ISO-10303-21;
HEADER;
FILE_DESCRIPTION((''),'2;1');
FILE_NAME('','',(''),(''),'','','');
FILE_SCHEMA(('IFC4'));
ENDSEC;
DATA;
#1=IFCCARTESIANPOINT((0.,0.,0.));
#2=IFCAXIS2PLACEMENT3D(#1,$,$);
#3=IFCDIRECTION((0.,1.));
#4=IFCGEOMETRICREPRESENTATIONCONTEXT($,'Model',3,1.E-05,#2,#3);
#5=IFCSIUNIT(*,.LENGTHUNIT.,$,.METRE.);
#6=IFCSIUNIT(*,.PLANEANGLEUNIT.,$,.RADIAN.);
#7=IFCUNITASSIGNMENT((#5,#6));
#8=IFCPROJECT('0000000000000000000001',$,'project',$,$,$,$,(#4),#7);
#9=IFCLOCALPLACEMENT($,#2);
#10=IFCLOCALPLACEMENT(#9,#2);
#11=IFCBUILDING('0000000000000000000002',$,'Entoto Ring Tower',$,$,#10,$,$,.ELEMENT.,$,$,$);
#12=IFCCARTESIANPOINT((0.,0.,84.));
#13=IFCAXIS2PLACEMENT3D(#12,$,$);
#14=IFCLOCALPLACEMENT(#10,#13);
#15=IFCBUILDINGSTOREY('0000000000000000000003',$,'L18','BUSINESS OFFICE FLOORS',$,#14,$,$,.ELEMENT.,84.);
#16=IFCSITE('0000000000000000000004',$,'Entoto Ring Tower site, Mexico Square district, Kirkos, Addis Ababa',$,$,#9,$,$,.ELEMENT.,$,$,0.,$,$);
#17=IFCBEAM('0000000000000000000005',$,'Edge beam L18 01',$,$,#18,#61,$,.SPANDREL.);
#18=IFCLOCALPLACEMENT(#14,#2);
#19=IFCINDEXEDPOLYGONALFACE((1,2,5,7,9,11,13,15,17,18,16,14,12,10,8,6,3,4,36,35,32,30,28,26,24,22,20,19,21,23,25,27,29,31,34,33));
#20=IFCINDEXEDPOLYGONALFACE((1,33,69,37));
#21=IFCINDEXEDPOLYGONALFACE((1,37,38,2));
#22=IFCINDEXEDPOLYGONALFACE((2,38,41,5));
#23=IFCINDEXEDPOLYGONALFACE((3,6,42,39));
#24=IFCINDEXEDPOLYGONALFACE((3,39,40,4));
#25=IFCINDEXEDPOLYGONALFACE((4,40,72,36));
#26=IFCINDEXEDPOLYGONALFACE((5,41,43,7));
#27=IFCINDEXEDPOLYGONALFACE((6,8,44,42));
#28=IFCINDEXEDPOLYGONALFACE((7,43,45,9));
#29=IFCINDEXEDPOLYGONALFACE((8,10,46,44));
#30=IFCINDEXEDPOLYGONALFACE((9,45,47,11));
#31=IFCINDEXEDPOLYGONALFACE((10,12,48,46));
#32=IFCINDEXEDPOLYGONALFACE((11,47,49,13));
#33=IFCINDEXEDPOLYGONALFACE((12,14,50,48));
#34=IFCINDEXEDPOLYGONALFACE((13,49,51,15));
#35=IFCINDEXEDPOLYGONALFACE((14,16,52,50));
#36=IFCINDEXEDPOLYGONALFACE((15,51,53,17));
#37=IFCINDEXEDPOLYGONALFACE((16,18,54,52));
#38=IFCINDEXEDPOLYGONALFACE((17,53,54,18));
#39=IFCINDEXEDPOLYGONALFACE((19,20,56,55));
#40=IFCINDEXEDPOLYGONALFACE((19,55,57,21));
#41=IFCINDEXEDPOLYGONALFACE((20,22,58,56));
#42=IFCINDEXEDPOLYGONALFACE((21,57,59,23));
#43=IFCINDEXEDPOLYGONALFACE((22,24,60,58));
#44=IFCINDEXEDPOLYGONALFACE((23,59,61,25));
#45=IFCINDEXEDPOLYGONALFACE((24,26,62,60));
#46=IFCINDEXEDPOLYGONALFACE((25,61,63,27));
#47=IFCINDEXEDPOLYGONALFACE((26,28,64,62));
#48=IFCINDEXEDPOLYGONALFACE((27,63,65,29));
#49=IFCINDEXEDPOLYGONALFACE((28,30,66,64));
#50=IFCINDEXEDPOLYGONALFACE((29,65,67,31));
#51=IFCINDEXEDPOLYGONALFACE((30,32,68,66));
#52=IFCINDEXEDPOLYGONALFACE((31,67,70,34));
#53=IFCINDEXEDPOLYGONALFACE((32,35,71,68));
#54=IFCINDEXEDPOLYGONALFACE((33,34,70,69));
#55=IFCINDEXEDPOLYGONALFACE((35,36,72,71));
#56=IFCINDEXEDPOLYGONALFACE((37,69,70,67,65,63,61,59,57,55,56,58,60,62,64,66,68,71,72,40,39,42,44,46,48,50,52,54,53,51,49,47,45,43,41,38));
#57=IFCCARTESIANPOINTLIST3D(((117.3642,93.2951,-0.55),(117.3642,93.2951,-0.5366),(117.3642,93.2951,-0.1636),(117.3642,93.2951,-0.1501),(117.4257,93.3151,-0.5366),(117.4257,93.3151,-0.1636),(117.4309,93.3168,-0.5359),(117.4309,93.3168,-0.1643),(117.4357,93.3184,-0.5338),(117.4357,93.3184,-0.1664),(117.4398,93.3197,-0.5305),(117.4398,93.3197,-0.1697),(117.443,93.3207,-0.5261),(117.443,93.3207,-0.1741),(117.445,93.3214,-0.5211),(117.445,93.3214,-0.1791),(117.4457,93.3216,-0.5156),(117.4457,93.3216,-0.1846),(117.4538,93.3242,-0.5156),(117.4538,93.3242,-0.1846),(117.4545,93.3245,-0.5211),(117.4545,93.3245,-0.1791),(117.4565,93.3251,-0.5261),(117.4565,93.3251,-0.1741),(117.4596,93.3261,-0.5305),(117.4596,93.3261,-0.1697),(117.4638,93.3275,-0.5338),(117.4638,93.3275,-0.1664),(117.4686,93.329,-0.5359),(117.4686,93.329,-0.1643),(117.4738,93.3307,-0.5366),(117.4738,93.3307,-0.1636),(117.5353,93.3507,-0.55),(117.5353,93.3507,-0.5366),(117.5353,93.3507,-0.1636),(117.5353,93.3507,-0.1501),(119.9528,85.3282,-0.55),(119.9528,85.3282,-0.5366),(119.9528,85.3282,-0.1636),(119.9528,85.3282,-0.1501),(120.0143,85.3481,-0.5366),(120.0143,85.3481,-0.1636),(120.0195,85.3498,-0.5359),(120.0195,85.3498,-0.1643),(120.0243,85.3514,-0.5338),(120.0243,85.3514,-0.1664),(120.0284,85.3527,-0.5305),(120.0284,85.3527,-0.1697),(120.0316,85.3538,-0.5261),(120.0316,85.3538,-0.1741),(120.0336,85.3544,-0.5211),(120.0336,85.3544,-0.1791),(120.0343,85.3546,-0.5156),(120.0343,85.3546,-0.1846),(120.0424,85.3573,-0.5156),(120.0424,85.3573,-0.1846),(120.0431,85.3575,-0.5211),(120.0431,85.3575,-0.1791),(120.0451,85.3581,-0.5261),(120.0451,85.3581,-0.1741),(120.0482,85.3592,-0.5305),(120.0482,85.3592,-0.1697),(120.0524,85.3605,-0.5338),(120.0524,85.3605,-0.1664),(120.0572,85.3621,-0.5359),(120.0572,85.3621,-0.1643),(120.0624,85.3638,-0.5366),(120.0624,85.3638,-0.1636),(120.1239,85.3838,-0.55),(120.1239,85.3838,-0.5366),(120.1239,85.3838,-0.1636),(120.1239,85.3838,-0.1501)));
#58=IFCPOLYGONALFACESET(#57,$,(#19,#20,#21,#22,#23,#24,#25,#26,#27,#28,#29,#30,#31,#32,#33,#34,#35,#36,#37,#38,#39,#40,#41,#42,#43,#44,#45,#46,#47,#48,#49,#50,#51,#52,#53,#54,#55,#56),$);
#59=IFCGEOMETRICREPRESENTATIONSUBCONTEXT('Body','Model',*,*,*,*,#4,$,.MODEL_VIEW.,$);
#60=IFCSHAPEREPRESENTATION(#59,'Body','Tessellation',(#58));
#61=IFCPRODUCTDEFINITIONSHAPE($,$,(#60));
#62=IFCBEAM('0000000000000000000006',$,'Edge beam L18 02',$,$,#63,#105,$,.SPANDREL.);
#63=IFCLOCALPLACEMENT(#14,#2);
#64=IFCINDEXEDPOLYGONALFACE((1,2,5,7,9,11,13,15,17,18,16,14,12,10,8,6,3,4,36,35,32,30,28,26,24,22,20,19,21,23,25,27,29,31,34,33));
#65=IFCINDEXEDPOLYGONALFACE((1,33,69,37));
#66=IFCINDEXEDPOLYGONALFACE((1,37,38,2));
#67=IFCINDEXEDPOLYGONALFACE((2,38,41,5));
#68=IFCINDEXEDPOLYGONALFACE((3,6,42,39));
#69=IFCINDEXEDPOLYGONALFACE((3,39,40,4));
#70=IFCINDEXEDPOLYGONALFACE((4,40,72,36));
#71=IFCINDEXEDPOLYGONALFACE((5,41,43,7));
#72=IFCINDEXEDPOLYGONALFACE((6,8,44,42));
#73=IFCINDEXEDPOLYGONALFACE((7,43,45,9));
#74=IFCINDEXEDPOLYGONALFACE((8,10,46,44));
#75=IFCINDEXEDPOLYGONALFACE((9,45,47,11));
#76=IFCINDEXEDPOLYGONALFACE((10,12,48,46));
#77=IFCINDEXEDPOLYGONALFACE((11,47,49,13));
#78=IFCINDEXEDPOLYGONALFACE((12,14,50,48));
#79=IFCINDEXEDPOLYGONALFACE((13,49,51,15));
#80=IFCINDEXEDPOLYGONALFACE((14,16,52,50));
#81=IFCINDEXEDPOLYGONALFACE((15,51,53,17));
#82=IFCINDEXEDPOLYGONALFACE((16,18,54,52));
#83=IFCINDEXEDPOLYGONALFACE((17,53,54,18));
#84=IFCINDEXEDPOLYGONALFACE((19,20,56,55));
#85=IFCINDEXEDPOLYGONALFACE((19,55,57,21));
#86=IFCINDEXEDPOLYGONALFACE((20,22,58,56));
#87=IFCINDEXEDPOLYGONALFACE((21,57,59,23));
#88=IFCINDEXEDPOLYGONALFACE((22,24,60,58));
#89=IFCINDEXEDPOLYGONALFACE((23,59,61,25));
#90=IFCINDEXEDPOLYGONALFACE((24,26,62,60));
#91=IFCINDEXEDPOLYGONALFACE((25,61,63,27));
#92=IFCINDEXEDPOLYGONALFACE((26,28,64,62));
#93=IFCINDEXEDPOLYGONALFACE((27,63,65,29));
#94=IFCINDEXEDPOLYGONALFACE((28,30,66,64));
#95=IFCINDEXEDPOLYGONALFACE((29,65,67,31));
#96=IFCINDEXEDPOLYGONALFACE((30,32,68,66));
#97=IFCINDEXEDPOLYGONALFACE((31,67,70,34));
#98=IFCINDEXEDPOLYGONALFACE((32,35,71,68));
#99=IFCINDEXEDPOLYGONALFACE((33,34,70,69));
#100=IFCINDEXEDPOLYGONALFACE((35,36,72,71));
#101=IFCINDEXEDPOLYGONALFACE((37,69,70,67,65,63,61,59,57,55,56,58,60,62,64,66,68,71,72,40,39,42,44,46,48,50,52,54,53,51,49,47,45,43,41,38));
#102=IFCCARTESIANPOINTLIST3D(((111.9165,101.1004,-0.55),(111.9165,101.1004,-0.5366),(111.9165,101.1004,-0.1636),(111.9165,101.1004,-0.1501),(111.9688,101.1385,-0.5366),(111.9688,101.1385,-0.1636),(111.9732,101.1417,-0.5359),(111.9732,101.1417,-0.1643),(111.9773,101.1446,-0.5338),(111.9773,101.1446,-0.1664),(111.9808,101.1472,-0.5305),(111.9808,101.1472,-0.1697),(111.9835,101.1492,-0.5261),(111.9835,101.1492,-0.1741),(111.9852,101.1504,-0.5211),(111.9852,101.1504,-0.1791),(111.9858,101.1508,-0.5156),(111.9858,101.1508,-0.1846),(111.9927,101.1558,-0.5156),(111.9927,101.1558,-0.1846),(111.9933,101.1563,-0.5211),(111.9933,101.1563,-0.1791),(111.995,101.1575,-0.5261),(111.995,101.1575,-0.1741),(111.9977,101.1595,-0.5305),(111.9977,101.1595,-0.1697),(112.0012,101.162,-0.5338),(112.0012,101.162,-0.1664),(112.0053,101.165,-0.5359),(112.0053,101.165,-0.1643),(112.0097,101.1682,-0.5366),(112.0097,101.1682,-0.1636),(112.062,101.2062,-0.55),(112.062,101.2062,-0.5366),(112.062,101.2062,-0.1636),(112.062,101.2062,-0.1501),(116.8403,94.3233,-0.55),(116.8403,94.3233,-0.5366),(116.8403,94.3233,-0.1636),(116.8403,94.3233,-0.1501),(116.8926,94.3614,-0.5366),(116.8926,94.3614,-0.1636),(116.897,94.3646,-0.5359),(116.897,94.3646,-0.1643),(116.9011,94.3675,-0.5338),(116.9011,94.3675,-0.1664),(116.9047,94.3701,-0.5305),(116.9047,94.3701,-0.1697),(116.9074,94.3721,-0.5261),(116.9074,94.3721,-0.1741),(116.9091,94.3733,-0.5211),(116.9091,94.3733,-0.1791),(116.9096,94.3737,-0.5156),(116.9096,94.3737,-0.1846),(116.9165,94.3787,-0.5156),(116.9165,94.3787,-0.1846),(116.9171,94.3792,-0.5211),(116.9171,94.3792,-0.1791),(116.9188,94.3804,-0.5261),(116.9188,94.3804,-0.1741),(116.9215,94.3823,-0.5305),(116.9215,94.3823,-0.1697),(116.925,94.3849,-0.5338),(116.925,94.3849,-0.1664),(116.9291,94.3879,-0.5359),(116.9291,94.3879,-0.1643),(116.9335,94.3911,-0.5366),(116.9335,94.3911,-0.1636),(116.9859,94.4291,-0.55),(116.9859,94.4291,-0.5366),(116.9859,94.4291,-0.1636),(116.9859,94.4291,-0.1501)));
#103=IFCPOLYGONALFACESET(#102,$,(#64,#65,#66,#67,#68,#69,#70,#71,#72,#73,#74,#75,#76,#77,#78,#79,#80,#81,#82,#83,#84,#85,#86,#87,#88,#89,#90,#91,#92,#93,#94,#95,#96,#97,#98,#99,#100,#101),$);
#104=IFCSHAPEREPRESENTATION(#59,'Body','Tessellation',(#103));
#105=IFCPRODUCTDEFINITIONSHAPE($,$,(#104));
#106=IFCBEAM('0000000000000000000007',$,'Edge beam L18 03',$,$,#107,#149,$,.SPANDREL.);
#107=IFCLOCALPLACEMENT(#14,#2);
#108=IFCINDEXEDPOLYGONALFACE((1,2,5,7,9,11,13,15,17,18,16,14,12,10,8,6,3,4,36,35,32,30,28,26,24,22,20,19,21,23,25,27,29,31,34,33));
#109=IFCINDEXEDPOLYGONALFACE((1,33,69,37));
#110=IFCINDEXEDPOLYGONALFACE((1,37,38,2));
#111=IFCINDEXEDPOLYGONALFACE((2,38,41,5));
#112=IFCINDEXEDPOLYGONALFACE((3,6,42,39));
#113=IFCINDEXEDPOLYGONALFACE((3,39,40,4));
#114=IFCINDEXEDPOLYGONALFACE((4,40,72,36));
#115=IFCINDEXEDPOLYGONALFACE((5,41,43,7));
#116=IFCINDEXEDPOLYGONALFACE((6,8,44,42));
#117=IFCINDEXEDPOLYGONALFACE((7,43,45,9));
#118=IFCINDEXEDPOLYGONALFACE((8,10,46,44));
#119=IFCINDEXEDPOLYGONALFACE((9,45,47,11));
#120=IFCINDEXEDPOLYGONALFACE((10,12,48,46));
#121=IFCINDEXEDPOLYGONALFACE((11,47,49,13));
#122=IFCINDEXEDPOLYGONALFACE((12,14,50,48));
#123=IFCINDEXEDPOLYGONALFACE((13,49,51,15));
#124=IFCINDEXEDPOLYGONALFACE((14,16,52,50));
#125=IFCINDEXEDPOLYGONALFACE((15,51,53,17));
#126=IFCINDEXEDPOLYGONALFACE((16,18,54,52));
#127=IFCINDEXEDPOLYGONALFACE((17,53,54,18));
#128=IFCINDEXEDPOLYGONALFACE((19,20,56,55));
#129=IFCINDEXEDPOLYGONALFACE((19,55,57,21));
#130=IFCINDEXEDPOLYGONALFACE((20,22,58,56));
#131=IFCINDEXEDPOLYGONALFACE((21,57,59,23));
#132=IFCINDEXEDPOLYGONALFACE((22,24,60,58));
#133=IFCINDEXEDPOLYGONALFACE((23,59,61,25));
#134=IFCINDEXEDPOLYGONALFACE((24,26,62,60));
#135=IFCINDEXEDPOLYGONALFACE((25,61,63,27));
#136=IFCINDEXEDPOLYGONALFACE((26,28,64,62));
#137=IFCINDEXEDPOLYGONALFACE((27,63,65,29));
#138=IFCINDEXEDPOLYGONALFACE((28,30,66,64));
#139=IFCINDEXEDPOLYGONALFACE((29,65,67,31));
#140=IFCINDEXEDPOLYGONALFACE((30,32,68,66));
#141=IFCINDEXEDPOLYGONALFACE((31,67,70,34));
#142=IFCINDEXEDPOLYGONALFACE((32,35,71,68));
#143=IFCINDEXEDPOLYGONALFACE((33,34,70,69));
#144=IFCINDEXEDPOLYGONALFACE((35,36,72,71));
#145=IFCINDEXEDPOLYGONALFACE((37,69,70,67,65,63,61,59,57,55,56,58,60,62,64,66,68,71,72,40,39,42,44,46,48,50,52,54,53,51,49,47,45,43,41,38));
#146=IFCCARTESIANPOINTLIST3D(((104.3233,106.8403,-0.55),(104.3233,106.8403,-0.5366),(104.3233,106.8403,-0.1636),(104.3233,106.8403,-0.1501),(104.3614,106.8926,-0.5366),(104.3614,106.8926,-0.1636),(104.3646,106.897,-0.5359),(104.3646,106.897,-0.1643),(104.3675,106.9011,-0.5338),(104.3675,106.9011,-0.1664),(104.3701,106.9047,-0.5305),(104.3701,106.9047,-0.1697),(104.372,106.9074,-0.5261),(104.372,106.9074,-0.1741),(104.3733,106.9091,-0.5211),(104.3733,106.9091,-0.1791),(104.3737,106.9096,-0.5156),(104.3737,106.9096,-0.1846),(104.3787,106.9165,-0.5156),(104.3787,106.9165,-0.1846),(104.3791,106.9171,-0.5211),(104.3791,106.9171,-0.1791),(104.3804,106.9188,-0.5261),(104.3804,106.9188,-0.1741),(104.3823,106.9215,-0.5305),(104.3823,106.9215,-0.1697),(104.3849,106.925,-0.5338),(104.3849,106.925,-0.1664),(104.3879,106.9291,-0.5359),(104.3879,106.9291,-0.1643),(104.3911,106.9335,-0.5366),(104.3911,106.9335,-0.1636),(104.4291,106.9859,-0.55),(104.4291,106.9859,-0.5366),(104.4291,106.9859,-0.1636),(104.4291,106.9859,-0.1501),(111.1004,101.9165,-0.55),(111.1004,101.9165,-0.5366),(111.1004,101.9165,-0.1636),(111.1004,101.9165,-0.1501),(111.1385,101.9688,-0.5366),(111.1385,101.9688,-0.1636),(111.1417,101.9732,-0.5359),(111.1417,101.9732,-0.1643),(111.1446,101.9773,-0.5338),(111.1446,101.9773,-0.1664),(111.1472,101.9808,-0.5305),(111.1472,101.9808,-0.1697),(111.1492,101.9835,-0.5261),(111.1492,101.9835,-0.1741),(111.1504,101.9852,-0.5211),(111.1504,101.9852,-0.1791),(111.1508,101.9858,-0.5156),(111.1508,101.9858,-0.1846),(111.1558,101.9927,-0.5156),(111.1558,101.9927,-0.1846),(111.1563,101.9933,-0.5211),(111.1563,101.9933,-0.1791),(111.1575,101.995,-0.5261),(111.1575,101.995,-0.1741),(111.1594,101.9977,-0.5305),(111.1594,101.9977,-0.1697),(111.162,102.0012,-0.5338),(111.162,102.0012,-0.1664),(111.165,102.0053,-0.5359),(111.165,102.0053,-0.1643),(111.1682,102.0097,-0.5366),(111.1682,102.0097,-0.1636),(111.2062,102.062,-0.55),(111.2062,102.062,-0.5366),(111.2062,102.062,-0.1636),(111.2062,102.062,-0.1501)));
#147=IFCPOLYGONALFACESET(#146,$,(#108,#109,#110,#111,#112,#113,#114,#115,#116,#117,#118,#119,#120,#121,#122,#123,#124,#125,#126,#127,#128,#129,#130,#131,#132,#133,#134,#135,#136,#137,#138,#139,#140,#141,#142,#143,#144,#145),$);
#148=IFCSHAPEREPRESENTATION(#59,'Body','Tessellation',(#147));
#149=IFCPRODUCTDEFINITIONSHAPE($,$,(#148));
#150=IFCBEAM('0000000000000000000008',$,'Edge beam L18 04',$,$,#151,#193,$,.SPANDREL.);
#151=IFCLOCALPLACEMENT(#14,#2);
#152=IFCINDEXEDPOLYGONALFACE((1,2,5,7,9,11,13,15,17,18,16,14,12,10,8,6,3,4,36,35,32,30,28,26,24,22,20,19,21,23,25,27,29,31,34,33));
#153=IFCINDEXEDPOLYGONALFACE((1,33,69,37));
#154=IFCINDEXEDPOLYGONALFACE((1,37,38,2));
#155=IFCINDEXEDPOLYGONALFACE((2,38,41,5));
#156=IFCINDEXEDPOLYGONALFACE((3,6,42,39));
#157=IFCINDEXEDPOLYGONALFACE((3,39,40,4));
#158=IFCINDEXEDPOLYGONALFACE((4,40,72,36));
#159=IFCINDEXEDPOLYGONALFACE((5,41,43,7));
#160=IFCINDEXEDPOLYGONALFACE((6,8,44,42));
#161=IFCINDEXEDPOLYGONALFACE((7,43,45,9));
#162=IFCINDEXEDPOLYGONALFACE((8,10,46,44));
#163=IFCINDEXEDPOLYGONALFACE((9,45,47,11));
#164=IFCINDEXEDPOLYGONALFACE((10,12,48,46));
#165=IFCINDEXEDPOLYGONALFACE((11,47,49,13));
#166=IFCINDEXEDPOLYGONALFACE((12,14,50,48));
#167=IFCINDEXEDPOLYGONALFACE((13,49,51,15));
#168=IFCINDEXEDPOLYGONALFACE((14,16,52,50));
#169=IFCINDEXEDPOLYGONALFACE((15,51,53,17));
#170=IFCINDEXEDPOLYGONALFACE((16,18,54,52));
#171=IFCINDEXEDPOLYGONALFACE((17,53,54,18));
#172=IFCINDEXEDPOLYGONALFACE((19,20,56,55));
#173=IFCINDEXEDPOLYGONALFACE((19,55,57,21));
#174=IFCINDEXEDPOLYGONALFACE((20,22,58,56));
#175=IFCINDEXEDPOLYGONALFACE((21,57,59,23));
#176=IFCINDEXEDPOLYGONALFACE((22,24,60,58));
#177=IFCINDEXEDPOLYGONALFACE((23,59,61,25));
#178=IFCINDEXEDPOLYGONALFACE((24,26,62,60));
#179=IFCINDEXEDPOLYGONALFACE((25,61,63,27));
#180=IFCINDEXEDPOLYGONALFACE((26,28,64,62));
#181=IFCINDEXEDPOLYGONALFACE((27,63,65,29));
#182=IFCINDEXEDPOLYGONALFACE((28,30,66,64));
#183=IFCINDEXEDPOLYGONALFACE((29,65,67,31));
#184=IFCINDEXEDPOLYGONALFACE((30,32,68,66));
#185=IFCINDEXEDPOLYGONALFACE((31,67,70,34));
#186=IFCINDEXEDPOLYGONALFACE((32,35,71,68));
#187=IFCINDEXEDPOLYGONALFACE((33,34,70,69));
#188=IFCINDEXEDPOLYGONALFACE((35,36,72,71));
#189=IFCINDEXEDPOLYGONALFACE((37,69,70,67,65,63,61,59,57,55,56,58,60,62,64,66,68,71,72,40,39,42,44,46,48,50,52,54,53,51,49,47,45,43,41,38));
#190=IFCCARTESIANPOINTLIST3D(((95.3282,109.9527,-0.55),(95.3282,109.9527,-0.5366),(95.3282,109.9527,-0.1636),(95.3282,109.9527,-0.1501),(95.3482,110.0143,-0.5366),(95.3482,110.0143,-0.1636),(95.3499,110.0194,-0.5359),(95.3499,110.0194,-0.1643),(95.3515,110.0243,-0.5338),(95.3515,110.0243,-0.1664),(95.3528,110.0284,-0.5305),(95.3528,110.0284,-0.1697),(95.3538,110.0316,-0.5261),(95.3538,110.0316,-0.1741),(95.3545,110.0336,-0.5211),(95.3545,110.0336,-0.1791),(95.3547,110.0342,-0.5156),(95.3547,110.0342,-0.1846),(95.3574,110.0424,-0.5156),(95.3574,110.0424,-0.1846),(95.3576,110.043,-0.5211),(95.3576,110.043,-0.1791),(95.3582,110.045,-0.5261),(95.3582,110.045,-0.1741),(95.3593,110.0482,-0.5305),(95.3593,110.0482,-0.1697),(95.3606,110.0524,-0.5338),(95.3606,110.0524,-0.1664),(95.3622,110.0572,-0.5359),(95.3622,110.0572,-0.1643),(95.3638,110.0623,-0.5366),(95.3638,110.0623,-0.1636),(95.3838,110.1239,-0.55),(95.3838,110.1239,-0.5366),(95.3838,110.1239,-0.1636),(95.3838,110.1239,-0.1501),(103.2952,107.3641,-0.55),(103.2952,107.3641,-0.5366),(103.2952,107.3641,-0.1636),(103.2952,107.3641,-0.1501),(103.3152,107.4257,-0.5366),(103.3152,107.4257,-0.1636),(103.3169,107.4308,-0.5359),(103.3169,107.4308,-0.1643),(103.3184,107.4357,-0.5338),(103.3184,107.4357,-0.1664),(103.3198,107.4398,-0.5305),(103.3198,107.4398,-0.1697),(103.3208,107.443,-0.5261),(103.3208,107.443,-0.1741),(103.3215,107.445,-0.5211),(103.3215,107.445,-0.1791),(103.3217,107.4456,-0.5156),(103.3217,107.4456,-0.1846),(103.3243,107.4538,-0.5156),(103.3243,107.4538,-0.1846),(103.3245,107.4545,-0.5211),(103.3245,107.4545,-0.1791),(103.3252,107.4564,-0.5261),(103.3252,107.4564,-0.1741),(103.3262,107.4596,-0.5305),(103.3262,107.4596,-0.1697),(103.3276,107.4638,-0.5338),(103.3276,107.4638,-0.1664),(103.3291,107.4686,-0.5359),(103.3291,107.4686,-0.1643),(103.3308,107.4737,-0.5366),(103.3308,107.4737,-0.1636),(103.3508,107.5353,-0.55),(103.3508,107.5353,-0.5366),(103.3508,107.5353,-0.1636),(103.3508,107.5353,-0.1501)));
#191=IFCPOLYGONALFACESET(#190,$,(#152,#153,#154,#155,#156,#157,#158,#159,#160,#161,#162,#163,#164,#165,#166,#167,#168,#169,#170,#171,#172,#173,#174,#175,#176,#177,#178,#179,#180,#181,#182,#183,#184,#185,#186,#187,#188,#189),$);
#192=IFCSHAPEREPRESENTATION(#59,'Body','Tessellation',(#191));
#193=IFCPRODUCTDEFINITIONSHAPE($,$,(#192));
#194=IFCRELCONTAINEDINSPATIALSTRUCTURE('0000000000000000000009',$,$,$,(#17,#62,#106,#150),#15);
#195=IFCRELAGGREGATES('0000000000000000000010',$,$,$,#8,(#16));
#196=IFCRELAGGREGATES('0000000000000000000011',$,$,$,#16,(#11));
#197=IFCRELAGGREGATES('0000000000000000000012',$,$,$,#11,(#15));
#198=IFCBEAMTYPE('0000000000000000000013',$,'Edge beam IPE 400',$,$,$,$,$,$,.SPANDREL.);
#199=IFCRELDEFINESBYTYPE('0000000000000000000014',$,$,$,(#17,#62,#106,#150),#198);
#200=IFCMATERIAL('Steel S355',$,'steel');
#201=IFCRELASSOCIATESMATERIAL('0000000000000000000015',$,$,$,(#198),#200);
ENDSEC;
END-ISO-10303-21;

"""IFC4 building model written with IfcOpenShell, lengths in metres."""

from ifc_helpers import new_model, si_unit, direction, frame, origin, origin_2d, place, context, subcontext, project, spatial, i_section, extrude, material, material_profile, profile_set, type_object, element, save


model = new_model("IFC4")

# Units and contexts
model_context = context("Model", 3, precision=1e-05, world=origin(), true_north=direction((0.0, 1.0)))
body_context = subcontext(model_context, "Body", "Model", "MODEL_VIEW")
ifc_project = project(units=[si_unit("LENGTHUNIT", "METRE"), si_unit("PLANEANGLEUNIT", "RADIAN")], contexts=[model_context])

# Site, building, storey
site_placement = place(None, origin())
site = spatial("IfcSite", under=ifc_project, at=site_placement, Name="Entoto Ring Tower site, Mexico Square district, Kirkos, Addis Ababa", CompositionType="ELEMENT", RefElevation=0.0)
building_placement = place(site_placement, origin())
building = spatial("IfcBuilding", under=site, at=building_placement, Name="Entoto Ring Tower", CompositionType="ELEMENT")
storey_placement = place(building_placement, frame((0.0, 0.0, 84.0)))
storey = spatial("IfcBuildingStorey", under=building, at=storey_placement, Name="L18", Description="BUSINESS OFFICE FLOORS", CompositionType="ELEMENT", Elevation=84.0)

# Beams
ifc_material_1 = material(Name="Steel S355", Category="steel")
ifc_material_profile_1 = material_profile(ifc_material_1, i_section(OverallWidth=0.1799, OverallDepth=0.3999, WebThickness=0.0085, FlangeThickness=0.0134, FilletRadius=0.021, at=origin_2d()), Name="IPE 400")
ifc_profile_set_1 = profile_set([ifc_material_profile_1], Name="Steel S355")
beam_type_1 = type_object("IfcBeamType", Name="Edge beam IPE 400", PredefinedType="SPANDREL", material=ifc_profile_set_1)
for number, where, z_axis, x_axis, name in (
    (1, (120.0383, 85.356, -0.3501), (-0.309014, 0.951057, 0.0), (-0.951057, -0.309014, 0.0), "Edge beam L18 01"),
    (2, (116.9131, 94.3762, -0.3501), (-0.587783, 0.809018, 0.0), (-0.809018, -0.587783, 0.0), "Edge beam L18 02"),
    (3, (111.1533, 101.9893, -0.3501), (-0.809018, 0.587783, 0.0), (-0.587783, -0.809018, 0.0), "Edge beam L18 03"),
    (4, (103.323, 107.4497, -0.3501), (-0.951057, 0.309014, 0.0), (-0.309014, -0.951057, 0.0), "Edge beam L18 04"),
):
    element("IfcBeam", number, at=place(storey_placement, frame(where, z_axis=z_axis, x_axis=x_axis)), inside=storey, type_object=beam_type_1, Name=name, PredefinedType="SPANDREL", context=body_context, shape_type="SweptSolid", body=[
        extrude(i_section(OverallWidth=0.1799, OverallDepth=0.3999, WebThickness=0.0085, FlangeThickness=0.0134, FilletRadius=0.021, at=origin_2d()), origin(), (0.0, 0.0, 1.0), 8.377),
    ])

save(model, "model.ifc")
